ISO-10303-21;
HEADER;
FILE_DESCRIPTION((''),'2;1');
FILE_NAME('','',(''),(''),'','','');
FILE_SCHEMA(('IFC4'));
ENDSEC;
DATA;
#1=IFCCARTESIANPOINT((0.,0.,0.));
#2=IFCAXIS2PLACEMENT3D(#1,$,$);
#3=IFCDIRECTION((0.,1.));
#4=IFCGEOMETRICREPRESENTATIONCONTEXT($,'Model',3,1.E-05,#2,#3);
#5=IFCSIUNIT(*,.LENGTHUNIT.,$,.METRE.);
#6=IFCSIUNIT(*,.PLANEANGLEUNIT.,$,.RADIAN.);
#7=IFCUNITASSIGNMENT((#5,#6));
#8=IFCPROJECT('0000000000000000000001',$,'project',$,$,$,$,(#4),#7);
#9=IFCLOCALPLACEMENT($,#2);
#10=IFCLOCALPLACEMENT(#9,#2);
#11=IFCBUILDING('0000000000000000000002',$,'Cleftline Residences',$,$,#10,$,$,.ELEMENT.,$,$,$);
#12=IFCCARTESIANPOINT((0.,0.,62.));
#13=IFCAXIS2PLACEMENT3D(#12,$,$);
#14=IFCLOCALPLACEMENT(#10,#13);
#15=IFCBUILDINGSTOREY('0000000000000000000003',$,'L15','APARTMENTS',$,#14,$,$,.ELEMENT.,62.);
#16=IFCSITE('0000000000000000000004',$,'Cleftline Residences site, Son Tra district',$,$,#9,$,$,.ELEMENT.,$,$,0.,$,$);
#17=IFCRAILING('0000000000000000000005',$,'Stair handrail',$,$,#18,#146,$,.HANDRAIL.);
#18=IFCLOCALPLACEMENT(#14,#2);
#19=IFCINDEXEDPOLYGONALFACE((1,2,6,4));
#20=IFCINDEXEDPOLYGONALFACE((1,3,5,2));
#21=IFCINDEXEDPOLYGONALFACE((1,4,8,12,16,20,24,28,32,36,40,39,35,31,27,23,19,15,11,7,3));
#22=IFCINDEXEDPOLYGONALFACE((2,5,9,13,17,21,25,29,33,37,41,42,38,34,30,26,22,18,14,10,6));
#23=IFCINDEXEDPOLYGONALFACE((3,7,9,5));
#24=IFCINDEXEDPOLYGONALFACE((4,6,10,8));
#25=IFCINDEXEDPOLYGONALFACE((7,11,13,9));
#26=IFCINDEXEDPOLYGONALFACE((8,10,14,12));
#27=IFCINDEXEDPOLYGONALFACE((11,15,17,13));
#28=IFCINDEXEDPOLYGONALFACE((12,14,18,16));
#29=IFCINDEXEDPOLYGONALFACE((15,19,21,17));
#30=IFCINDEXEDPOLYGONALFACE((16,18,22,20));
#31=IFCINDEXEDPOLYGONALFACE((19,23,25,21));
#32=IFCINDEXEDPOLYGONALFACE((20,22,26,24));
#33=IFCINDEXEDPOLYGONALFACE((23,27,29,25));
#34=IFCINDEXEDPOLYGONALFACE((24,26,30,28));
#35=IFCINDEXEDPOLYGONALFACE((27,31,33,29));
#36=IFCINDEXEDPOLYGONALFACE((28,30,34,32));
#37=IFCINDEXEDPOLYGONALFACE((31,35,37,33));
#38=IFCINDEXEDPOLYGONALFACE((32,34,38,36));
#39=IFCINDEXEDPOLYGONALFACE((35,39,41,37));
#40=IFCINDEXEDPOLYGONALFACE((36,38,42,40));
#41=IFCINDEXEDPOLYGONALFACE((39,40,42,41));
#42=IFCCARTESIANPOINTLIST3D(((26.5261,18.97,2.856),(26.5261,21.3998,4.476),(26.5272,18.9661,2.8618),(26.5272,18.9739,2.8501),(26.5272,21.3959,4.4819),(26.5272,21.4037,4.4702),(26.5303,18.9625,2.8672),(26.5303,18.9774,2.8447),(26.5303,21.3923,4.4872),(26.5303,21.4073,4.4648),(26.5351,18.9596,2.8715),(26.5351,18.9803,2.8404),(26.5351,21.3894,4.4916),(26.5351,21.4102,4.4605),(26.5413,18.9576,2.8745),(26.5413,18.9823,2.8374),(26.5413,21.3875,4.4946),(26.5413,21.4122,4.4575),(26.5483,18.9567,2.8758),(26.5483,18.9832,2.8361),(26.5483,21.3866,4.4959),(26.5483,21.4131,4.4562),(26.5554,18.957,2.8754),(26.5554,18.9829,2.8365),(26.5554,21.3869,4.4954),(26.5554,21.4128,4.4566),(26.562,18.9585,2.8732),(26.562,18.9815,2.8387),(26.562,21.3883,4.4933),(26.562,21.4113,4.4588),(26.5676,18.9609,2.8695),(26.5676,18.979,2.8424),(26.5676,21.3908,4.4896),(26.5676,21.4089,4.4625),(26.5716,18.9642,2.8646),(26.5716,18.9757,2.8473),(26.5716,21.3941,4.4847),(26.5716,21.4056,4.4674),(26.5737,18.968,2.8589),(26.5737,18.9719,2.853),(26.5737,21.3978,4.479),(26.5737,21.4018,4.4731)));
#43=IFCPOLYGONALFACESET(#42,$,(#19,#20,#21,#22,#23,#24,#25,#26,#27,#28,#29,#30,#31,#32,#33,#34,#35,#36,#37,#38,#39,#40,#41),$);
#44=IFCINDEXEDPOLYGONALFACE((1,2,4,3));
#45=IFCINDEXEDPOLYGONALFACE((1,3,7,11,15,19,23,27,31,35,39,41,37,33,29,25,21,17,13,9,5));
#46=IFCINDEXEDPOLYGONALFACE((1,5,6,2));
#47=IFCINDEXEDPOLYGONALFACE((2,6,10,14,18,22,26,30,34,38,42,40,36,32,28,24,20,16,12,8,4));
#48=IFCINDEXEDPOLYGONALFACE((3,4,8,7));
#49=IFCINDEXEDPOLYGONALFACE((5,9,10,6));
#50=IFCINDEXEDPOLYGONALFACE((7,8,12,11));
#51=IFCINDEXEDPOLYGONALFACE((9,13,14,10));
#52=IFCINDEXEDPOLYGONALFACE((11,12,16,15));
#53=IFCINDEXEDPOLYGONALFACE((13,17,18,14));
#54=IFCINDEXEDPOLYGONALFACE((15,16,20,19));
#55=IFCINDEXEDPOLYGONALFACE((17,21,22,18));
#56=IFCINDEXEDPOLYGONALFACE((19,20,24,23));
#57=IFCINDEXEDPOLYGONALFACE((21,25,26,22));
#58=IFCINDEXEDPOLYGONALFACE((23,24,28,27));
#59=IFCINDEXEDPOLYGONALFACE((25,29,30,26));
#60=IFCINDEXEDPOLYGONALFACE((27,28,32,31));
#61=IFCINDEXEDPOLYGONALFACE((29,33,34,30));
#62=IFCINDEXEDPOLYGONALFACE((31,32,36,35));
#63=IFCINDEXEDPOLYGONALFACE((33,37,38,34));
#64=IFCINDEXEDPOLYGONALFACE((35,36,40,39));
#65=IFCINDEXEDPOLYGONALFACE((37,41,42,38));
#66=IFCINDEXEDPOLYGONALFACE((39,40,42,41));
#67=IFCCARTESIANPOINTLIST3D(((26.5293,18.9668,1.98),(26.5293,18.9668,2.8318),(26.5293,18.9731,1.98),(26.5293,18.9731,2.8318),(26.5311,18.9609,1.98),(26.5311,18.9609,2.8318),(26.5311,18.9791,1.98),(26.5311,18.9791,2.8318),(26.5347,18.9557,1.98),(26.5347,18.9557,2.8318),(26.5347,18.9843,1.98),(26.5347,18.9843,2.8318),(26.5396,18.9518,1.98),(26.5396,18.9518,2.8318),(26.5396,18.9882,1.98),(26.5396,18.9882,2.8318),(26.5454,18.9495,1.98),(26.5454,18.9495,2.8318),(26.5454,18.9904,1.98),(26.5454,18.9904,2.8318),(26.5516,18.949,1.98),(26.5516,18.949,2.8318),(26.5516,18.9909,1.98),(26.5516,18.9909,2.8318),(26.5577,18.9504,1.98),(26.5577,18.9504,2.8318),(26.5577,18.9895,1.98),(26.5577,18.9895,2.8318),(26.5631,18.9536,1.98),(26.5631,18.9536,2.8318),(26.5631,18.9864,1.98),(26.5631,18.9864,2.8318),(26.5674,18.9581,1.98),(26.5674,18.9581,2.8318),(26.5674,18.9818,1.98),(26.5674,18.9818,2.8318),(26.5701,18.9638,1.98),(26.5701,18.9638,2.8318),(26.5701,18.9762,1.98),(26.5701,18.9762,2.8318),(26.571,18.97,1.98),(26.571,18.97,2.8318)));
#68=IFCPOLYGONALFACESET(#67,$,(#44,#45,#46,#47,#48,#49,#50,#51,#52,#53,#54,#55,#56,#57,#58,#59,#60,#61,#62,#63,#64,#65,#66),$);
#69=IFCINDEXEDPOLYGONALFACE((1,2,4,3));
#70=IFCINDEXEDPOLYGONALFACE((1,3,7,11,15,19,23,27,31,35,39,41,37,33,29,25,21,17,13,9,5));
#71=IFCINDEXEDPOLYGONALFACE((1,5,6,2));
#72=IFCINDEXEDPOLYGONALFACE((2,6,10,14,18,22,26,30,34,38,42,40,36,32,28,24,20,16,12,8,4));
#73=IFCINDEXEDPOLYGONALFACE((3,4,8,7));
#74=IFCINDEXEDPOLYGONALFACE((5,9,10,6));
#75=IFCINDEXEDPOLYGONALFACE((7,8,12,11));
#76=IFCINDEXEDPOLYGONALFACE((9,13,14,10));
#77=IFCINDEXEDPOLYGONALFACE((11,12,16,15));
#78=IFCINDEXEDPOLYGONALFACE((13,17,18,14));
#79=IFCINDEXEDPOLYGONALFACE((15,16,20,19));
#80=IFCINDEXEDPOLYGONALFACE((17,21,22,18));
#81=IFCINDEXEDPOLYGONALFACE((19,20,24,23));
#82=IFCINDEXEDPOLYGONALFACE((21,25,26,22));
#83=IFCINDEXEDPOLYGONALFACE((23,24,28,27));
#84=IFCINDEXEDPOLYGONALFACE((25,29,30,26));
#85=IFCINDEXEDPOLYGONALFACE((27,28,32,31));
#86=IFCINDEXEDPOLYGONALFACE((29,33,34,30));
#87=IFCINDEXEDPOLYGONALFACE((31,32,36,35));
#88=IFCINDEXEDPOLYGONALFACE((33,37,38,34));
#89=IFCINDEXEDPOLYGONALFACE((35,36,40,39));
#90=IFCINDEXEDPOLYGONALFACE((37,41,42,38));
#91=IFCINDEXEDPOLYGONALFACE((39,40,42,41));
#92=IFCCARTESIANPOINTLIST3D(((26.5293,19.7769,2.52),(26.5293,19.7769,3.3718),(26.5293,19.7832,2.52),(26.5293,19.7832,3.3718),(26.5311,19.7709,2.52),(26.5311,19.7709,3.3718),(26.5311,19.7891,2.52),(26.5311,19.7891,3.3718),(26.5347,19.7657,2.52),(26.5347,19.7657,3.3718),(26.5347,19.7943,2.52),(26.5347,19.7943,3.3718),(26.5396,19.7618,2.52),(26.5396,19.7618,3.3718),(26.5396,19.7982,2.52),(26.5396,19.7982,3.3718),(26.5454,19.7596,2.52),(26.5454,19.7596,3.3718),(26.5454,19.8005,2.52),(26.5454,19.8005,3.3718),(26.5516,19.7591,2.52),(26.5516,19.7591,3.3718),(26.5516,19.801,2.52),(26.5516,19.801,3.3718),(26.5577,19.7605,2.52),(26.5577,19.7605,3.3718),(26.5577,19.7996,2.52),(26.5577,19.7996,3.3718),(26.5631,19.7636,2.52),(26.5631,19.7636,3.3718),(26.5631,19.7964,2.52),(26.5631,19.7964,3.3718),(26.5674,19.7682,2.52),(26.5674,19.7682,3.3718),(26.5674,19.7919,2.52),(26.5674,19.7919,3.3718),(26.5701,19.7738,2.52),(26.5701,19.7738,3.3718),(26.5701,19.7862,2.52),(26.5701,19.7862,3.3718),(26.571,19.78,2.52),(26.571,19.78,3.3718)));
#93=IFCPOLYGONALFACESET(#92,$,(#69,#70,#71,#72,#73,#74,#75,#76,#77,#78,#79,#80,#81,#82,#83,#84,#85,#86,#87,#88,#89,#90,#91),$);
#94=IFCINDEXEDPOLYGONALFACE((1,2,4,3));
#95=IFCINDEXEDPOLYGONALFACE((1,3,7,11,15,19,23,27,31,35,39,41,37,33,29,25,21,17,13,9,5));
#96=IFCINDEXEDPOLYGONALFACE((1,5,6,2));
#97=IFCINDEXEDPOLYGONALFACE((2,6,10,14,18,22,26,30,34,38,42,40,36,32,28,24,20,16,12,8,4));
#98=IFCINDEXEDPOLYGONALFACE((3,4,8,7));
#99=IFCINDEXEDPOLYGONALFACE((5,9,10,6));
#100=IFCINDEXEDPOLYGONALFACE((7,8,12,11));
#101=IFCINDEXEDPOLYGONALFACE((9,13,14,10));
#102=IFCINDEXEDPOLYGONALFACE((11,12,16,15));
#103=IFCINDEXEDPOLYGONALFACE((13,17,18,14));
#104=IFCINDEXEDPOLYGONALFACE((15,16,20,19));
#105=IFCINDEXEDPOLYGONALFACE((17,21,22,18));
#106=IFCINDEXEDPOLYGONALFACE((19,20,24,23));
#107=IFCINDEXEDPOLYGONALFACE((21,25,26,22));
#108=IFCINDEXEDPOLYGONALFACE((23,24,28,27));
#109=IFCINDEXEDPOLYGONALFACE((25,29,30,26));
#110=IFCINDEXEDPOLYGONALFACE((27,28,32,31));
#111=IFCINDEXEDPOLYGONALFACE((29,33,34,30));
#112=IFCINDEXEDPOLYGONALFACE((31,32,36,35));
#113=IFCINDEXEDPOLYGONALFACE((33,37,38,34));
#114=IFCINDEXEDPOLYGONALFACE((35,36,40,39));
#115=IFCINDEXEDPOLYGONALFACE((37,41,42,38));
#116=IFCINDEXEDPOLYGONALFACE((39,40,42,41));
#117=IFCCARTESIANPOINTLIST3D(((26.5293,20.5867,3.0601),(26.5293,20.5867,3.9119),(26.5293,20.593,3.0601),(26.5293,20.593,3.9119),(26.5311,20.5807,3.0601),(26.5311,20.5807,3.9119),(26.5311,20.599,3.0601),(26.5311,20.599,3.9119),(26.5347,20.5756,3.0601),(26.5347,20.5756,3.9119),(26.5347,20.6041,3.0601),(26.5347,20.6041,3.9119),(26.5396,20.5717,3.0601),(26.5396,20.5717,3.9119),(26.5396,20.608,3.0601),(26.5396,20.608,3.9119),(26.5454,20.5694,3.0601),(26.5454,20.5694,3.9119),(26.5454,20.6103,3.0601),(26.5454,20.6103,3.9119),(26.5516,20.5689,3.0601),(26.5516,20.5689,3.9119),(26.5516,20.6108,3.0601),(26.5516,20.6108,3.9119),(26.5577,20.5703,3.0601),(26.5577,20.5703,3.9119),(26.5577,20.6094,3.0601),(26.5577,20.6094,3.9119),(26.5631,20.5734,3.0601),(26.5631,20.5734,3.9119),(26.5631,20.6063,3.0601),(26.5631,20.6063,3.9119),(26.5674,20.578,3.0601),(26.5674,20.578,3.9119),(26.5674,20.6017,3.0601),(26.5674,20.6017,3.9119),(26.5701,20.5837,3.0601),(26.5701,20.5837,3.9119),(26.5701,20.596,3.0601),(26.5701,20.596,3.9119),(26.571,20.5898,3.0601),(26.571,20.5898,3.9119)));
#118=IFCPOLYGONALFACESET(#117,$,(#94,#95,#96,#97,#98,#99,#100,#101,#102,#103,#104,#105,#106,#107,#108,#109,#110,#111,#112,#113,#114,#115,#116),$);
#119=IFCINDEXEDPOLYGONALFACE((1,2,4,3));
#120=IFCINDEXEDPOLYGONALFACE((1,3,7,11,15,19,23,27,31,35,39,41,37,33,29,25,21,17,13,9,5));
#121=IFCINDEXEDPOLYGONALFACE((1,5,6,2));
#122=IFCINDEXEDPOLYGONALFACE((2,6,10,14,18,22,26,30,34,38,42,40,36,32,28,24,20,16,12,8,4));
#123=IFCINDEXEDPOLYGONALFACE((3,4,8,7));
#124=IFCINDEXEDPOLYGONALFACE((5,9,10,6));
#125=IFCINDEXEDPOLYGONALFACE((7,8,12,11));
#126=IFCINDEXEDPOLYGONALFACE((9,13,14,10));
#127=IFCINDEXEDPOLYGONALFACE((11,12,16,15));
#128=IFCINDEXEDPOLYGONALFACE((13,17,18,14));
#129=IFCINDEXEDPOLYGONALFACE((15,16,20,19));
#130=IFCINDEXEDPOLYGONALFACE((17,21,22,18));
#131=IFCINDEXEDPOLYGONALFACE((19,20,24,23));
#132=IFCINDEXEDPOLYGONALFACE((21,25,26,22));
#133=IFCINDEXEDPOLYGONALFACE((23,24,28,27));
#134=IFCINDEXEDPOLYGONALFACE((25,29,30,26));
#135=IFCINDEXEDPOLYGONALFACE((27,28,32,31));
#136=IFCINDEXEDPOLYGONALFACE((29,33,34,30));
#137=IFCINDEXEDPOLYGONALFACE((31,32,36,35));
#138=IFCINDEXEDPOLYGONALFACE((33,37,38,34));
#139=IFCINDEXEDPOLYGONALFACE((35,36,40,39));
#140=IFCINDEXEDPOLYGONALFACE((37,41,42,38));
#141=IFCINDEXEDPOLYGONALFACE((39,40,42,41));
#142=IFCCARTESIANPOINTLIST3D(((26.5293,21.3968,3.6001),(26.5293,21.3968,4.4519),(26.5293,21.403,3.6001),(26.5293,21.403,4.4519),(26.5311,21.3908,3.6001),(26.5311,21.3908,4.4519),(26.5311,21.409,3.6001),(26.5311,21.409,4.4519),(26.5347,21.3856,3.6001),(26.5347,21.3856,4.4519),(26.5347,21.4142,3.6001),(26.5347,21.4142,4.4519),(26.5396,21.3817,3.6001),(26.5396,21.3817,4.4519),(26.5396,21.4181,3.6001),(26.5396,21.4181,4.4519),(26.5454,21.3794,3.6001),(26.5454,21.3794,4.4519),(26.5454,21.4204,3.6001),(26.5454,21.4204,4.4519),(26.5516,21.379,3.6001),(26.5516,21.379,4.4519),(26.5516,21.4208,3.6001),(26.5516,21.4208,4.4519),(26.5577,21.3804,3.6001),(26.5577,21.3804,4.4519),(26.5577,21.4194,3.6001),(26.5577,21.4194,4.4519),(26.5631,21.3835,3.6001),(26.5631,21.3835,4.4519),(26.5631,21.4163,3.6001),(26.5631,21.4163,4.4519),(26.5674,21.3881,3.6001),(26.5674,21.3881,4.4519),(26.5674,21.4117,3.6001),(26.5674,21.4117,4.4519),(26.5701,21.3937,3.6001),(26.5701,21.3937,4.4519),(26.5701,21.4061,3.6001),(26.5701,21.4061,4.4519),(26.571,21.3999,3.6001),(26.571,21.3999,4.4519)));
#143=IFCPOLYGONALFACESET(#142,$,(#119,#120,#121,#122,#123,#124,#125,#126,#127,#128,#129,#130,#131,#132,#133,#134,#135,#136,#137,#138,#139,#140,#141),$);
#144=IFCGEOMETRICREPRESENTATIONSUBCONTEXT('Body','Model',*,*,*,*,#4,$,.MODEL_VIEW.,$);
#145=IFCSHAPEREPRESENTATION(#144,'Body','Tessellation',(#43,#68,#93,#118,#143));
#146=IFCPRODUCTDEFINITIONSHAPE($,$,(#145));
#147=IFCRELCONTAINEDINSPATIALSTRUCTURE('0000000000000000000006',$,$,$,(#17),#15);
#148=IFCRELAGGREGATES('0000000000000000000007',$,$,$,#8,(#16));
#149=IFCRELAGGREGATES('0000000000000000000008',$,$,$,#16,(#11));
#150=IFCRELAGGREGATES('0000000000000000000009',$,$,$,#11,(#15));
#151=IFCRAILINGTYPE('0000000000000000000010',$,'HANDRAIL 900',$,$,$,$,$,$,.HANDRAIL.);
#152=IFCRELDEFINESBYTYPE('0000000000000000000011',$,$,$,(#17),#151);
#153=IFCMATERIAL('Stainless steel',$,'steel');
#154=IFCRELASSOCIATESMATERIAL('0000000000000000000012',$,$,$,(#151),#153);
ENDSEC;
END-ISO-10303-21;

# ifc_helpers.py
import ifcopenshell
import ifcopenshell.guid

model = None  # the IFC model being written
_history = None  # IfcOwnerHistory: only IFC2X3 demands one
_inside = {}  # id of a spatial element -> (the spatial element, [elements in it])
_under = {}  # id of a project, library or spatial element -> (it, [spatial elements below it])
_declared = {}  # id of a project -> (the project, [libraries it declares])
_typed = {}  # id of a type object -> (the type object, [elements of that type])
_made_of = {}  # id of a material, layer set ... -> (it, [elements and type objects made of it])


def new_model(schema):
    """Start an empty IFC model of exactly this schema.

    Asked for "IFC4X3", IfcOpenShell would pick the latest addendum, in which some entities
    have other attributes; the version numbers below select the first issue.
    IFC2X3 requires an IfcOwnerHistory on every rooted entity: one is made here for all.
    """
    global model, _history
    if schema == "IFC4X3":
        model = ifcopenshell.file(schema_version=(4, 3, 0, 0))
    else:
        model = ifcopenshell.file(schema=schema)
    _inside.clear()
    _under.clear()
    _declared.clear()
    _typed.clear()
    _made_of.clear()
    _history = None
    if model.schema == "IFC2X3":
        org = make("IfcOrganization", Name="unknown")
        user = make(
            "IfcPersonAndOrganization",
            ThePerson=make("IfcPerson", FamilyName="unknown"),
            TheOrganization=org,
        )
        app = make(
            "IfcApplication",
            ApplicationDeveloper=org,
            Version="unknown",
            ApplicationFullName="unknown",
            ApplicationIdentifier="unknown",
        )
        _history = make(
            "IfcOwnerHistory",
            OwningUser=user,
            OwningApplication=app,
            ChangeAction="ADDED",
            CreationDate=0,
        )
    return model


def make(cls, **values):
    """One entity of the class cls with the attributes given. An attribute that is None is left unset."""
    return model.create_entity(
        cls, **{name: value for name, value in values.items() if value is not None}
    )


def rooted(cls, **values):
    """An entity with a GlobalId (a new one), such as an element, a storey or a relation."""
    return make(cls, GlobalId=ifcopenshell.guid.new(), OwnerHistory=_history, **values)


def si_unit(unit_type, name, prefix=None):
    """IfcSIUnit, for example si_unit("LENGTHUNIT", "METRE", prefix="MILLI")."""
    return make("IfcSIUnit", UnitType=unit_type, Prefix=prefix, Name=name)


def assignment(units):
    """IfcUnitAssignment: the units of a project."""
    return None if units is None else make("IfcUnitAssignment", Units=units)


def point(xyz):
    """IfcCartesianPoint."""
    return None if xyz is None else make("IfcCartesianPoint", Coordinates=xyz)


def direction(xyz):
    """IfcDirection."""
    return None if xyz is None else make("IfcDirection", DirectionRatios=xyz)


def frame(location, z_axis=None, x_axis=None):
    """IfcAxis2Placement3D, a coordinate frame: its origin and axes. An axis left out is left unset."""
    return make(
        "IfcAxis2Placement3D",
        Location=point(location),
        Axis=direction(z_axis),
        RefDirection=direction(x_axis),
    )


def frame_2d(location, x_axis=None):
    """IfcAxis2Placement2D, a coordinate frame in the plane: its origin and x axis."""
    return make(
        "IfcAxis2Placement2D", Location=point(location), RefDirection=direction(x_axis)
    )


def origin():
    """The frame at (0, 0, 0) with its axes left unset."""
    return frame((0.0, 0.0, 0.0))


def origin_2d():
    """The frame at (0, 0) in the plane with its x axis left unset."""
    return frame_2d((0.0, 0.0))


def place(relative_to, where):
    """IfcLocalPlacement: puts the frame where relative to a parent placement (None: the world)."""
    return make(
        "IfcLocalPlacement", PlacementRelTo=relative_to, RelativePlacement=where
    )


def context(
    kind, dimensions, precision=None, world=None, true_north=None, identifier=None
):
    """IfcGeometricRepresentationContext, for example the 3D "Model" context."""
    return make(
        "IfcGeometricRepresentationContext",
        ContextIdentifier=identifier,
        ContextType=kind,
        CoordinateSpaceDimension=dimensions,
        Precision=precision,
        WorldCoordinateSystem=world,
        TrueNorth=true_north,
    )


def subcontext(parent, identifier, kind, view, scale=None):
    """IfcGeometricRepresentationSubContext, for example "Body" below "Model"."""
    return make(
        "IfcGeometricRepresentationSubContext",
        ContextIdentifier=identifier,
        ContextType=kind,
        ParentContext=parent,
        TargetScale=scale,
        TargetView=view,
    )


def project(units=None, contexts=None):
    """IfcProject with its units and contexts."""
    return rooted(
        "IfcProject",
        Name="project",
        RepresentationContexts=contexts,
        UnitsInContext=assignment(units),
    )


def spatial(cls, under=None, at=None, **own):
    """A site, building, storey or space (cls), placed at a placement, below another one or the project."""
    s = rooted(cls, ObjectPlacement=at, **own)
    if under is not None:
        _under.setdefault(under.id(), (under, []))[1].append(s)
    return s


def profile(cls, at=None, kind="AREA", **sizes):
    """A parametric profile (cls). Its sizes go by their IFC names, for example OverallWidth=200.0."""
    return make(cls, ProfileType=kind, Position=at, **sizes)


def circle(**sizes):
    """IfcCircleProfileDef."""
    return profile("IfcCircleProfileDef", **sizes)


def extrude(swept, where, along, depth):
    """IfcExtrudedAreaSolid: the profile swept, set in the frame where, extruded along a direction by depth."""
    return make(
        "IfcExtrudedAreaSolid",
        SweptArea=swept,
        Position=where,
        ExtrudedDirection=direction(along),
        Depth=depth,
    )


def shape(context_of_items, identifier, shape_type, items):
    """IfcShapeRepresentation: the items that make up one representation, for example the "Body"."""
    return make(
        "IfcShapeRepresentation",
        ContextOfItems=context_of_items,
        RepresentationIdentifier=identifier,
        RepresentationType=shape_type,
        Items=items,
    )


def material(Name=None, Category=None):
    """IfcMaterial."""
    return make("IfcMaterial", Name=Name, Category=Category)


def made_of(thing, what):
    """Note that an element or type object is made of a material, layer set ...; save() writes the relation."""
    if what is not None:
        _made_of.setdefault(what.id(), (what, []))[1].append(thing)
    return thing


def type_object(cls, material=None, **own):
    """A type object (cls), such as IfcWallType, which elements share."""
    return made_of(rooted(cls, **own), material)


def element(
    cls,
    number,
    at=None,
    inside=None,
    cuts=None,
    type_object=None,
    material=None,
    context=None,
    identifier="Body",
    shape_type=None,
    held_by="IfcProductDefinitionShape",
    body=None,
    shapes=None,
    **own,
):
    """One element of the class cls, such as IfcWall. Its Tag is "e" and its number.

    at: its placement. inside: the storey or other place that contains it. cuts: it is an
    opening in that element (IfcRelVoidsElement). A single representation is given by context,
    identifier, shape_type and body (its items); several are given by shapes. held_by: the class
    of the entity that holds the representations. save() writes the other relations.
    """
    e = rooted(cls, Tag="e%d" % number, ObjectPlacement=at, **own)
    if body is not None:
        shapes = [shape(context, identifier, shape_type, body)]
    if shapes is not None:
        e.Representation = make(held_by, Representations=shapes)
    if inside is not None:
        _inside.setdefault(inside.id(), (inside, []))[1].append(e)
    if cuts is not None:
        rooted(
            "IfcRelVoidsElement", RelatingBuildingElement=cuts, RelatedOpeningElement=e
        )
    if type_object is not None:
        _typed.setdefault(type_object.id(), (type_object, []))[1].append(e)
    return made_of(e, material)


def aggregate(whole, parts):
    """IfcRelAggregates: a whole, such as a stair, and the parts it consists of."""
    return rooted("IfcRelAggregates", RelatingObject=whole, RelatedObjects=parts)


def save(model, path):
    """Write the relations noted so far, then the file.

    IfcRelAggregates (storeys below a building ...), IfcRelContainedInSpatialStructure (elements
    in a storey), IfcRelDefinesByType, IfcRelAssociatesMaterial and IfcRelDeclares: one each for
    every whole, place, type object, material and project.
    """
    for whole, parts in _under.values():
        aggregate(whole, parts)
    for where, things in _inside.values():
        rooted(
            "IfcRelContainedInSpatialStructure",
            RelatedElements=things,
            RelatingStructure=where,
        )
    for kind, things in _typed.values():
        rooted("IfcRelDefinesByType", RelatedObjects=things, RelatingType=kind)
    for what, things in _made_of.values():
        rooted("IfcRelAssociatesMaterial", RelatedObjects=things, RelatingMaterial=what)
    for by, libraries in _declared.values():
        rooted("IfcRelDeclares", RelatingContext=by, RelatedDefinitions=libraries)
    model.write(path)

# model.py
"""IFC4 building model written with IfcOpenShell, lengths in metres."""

from ifc_helpers import new_model, si_unit, direction, frame, origin, origin_2d, place, context, subcontext, project, spatial, circle, extrude, material, type_object, element, save


model = new_model("IFC4")

# Units and contexts
model_context = context("Model", 3, precision=1e-05, world=origin(), true_north=direction((0.0, 1.0)))
body_context = subcontext(model_context, "Body", "Model", "MODEL_VIEW")
ifc_project = project(units=[si_unit("LENGTHUNIT", "METRE"), si_unit("PLANEANGLEUNIT", "RADIAN")], contexts=[model_context])

# Site, building, storey
site_placement = place(None, origin())
site = spatial("IfcSite", under=ifc_project, at=site_placement, Name="Cleftline Residences site, Son Tra district", CompositionType="ELEMENT", RefElevation=0.0)
building_placement = place(site_placement, origin())
building = spatial("IfcBuilding", under=site, at=building_placement, Name="Cleftline Residences", CompositionType="ELEMENT")
storey_placement = place(building_placement, frame((0.0, 0.0, 62.0)))
storey = spatial("IfcBuildingStorey", under=building, at=storey_placement, Name="L15", Description="APARTMENTS", CompositionType="ELEMENT", Elevation=62.0)

# Railing
ifc_material_1 = material(Name="Stainless steel", Category="steel")
railing_type = type_object("IfcRailingType", Name="HANDRAIL 900", PredefinedType="HANDRAIL", material=ifc_material_1)
railing_1_placement = place(storey_placement, frame((26.55, 18.97, 1.98)))
element("IfcRailing", 1, at=railing_1_placement, inside=storey, type_object=railing_type, Name="Stair handrail", PredefinedType="HANDRAIL", context=body_context, shape_type="SweptSolid", body=[
    extrude(circle(Radius=0.0239, at=origin_2d()), frame((0.0, 0.0, 0.876), z_axis=(0.0, 0.832025, 0.554739), x_axis=(-1.0, 0.0, 0.0)), (0.0, 0.0, 1.0), 2.9204),
    extrude(circle(Radius=0.021, at=origin_2d()), origin(), (0.0, 0.0, 1.0), 0.8518),
    extrude(circle(Radius=0.021, at=origin_2d()), frame((0.0, 0.8101, 0.54)), (0.0, 0.0, 1.0), 0.8518),
    extrude(circle(Radius=0.021, at=origin_2d()), frame((0.0, 1.6199, 1.0801)), (0.0, 0.0, 1.0), 0.8518),
    extrude(circle(Radius=0.021, at=origin_2d()), frame((0.0, 2.4299, 1.6201)), (0.0, 0.0, 1.0), 0.8518),
])

save(model, "model.ifc")
